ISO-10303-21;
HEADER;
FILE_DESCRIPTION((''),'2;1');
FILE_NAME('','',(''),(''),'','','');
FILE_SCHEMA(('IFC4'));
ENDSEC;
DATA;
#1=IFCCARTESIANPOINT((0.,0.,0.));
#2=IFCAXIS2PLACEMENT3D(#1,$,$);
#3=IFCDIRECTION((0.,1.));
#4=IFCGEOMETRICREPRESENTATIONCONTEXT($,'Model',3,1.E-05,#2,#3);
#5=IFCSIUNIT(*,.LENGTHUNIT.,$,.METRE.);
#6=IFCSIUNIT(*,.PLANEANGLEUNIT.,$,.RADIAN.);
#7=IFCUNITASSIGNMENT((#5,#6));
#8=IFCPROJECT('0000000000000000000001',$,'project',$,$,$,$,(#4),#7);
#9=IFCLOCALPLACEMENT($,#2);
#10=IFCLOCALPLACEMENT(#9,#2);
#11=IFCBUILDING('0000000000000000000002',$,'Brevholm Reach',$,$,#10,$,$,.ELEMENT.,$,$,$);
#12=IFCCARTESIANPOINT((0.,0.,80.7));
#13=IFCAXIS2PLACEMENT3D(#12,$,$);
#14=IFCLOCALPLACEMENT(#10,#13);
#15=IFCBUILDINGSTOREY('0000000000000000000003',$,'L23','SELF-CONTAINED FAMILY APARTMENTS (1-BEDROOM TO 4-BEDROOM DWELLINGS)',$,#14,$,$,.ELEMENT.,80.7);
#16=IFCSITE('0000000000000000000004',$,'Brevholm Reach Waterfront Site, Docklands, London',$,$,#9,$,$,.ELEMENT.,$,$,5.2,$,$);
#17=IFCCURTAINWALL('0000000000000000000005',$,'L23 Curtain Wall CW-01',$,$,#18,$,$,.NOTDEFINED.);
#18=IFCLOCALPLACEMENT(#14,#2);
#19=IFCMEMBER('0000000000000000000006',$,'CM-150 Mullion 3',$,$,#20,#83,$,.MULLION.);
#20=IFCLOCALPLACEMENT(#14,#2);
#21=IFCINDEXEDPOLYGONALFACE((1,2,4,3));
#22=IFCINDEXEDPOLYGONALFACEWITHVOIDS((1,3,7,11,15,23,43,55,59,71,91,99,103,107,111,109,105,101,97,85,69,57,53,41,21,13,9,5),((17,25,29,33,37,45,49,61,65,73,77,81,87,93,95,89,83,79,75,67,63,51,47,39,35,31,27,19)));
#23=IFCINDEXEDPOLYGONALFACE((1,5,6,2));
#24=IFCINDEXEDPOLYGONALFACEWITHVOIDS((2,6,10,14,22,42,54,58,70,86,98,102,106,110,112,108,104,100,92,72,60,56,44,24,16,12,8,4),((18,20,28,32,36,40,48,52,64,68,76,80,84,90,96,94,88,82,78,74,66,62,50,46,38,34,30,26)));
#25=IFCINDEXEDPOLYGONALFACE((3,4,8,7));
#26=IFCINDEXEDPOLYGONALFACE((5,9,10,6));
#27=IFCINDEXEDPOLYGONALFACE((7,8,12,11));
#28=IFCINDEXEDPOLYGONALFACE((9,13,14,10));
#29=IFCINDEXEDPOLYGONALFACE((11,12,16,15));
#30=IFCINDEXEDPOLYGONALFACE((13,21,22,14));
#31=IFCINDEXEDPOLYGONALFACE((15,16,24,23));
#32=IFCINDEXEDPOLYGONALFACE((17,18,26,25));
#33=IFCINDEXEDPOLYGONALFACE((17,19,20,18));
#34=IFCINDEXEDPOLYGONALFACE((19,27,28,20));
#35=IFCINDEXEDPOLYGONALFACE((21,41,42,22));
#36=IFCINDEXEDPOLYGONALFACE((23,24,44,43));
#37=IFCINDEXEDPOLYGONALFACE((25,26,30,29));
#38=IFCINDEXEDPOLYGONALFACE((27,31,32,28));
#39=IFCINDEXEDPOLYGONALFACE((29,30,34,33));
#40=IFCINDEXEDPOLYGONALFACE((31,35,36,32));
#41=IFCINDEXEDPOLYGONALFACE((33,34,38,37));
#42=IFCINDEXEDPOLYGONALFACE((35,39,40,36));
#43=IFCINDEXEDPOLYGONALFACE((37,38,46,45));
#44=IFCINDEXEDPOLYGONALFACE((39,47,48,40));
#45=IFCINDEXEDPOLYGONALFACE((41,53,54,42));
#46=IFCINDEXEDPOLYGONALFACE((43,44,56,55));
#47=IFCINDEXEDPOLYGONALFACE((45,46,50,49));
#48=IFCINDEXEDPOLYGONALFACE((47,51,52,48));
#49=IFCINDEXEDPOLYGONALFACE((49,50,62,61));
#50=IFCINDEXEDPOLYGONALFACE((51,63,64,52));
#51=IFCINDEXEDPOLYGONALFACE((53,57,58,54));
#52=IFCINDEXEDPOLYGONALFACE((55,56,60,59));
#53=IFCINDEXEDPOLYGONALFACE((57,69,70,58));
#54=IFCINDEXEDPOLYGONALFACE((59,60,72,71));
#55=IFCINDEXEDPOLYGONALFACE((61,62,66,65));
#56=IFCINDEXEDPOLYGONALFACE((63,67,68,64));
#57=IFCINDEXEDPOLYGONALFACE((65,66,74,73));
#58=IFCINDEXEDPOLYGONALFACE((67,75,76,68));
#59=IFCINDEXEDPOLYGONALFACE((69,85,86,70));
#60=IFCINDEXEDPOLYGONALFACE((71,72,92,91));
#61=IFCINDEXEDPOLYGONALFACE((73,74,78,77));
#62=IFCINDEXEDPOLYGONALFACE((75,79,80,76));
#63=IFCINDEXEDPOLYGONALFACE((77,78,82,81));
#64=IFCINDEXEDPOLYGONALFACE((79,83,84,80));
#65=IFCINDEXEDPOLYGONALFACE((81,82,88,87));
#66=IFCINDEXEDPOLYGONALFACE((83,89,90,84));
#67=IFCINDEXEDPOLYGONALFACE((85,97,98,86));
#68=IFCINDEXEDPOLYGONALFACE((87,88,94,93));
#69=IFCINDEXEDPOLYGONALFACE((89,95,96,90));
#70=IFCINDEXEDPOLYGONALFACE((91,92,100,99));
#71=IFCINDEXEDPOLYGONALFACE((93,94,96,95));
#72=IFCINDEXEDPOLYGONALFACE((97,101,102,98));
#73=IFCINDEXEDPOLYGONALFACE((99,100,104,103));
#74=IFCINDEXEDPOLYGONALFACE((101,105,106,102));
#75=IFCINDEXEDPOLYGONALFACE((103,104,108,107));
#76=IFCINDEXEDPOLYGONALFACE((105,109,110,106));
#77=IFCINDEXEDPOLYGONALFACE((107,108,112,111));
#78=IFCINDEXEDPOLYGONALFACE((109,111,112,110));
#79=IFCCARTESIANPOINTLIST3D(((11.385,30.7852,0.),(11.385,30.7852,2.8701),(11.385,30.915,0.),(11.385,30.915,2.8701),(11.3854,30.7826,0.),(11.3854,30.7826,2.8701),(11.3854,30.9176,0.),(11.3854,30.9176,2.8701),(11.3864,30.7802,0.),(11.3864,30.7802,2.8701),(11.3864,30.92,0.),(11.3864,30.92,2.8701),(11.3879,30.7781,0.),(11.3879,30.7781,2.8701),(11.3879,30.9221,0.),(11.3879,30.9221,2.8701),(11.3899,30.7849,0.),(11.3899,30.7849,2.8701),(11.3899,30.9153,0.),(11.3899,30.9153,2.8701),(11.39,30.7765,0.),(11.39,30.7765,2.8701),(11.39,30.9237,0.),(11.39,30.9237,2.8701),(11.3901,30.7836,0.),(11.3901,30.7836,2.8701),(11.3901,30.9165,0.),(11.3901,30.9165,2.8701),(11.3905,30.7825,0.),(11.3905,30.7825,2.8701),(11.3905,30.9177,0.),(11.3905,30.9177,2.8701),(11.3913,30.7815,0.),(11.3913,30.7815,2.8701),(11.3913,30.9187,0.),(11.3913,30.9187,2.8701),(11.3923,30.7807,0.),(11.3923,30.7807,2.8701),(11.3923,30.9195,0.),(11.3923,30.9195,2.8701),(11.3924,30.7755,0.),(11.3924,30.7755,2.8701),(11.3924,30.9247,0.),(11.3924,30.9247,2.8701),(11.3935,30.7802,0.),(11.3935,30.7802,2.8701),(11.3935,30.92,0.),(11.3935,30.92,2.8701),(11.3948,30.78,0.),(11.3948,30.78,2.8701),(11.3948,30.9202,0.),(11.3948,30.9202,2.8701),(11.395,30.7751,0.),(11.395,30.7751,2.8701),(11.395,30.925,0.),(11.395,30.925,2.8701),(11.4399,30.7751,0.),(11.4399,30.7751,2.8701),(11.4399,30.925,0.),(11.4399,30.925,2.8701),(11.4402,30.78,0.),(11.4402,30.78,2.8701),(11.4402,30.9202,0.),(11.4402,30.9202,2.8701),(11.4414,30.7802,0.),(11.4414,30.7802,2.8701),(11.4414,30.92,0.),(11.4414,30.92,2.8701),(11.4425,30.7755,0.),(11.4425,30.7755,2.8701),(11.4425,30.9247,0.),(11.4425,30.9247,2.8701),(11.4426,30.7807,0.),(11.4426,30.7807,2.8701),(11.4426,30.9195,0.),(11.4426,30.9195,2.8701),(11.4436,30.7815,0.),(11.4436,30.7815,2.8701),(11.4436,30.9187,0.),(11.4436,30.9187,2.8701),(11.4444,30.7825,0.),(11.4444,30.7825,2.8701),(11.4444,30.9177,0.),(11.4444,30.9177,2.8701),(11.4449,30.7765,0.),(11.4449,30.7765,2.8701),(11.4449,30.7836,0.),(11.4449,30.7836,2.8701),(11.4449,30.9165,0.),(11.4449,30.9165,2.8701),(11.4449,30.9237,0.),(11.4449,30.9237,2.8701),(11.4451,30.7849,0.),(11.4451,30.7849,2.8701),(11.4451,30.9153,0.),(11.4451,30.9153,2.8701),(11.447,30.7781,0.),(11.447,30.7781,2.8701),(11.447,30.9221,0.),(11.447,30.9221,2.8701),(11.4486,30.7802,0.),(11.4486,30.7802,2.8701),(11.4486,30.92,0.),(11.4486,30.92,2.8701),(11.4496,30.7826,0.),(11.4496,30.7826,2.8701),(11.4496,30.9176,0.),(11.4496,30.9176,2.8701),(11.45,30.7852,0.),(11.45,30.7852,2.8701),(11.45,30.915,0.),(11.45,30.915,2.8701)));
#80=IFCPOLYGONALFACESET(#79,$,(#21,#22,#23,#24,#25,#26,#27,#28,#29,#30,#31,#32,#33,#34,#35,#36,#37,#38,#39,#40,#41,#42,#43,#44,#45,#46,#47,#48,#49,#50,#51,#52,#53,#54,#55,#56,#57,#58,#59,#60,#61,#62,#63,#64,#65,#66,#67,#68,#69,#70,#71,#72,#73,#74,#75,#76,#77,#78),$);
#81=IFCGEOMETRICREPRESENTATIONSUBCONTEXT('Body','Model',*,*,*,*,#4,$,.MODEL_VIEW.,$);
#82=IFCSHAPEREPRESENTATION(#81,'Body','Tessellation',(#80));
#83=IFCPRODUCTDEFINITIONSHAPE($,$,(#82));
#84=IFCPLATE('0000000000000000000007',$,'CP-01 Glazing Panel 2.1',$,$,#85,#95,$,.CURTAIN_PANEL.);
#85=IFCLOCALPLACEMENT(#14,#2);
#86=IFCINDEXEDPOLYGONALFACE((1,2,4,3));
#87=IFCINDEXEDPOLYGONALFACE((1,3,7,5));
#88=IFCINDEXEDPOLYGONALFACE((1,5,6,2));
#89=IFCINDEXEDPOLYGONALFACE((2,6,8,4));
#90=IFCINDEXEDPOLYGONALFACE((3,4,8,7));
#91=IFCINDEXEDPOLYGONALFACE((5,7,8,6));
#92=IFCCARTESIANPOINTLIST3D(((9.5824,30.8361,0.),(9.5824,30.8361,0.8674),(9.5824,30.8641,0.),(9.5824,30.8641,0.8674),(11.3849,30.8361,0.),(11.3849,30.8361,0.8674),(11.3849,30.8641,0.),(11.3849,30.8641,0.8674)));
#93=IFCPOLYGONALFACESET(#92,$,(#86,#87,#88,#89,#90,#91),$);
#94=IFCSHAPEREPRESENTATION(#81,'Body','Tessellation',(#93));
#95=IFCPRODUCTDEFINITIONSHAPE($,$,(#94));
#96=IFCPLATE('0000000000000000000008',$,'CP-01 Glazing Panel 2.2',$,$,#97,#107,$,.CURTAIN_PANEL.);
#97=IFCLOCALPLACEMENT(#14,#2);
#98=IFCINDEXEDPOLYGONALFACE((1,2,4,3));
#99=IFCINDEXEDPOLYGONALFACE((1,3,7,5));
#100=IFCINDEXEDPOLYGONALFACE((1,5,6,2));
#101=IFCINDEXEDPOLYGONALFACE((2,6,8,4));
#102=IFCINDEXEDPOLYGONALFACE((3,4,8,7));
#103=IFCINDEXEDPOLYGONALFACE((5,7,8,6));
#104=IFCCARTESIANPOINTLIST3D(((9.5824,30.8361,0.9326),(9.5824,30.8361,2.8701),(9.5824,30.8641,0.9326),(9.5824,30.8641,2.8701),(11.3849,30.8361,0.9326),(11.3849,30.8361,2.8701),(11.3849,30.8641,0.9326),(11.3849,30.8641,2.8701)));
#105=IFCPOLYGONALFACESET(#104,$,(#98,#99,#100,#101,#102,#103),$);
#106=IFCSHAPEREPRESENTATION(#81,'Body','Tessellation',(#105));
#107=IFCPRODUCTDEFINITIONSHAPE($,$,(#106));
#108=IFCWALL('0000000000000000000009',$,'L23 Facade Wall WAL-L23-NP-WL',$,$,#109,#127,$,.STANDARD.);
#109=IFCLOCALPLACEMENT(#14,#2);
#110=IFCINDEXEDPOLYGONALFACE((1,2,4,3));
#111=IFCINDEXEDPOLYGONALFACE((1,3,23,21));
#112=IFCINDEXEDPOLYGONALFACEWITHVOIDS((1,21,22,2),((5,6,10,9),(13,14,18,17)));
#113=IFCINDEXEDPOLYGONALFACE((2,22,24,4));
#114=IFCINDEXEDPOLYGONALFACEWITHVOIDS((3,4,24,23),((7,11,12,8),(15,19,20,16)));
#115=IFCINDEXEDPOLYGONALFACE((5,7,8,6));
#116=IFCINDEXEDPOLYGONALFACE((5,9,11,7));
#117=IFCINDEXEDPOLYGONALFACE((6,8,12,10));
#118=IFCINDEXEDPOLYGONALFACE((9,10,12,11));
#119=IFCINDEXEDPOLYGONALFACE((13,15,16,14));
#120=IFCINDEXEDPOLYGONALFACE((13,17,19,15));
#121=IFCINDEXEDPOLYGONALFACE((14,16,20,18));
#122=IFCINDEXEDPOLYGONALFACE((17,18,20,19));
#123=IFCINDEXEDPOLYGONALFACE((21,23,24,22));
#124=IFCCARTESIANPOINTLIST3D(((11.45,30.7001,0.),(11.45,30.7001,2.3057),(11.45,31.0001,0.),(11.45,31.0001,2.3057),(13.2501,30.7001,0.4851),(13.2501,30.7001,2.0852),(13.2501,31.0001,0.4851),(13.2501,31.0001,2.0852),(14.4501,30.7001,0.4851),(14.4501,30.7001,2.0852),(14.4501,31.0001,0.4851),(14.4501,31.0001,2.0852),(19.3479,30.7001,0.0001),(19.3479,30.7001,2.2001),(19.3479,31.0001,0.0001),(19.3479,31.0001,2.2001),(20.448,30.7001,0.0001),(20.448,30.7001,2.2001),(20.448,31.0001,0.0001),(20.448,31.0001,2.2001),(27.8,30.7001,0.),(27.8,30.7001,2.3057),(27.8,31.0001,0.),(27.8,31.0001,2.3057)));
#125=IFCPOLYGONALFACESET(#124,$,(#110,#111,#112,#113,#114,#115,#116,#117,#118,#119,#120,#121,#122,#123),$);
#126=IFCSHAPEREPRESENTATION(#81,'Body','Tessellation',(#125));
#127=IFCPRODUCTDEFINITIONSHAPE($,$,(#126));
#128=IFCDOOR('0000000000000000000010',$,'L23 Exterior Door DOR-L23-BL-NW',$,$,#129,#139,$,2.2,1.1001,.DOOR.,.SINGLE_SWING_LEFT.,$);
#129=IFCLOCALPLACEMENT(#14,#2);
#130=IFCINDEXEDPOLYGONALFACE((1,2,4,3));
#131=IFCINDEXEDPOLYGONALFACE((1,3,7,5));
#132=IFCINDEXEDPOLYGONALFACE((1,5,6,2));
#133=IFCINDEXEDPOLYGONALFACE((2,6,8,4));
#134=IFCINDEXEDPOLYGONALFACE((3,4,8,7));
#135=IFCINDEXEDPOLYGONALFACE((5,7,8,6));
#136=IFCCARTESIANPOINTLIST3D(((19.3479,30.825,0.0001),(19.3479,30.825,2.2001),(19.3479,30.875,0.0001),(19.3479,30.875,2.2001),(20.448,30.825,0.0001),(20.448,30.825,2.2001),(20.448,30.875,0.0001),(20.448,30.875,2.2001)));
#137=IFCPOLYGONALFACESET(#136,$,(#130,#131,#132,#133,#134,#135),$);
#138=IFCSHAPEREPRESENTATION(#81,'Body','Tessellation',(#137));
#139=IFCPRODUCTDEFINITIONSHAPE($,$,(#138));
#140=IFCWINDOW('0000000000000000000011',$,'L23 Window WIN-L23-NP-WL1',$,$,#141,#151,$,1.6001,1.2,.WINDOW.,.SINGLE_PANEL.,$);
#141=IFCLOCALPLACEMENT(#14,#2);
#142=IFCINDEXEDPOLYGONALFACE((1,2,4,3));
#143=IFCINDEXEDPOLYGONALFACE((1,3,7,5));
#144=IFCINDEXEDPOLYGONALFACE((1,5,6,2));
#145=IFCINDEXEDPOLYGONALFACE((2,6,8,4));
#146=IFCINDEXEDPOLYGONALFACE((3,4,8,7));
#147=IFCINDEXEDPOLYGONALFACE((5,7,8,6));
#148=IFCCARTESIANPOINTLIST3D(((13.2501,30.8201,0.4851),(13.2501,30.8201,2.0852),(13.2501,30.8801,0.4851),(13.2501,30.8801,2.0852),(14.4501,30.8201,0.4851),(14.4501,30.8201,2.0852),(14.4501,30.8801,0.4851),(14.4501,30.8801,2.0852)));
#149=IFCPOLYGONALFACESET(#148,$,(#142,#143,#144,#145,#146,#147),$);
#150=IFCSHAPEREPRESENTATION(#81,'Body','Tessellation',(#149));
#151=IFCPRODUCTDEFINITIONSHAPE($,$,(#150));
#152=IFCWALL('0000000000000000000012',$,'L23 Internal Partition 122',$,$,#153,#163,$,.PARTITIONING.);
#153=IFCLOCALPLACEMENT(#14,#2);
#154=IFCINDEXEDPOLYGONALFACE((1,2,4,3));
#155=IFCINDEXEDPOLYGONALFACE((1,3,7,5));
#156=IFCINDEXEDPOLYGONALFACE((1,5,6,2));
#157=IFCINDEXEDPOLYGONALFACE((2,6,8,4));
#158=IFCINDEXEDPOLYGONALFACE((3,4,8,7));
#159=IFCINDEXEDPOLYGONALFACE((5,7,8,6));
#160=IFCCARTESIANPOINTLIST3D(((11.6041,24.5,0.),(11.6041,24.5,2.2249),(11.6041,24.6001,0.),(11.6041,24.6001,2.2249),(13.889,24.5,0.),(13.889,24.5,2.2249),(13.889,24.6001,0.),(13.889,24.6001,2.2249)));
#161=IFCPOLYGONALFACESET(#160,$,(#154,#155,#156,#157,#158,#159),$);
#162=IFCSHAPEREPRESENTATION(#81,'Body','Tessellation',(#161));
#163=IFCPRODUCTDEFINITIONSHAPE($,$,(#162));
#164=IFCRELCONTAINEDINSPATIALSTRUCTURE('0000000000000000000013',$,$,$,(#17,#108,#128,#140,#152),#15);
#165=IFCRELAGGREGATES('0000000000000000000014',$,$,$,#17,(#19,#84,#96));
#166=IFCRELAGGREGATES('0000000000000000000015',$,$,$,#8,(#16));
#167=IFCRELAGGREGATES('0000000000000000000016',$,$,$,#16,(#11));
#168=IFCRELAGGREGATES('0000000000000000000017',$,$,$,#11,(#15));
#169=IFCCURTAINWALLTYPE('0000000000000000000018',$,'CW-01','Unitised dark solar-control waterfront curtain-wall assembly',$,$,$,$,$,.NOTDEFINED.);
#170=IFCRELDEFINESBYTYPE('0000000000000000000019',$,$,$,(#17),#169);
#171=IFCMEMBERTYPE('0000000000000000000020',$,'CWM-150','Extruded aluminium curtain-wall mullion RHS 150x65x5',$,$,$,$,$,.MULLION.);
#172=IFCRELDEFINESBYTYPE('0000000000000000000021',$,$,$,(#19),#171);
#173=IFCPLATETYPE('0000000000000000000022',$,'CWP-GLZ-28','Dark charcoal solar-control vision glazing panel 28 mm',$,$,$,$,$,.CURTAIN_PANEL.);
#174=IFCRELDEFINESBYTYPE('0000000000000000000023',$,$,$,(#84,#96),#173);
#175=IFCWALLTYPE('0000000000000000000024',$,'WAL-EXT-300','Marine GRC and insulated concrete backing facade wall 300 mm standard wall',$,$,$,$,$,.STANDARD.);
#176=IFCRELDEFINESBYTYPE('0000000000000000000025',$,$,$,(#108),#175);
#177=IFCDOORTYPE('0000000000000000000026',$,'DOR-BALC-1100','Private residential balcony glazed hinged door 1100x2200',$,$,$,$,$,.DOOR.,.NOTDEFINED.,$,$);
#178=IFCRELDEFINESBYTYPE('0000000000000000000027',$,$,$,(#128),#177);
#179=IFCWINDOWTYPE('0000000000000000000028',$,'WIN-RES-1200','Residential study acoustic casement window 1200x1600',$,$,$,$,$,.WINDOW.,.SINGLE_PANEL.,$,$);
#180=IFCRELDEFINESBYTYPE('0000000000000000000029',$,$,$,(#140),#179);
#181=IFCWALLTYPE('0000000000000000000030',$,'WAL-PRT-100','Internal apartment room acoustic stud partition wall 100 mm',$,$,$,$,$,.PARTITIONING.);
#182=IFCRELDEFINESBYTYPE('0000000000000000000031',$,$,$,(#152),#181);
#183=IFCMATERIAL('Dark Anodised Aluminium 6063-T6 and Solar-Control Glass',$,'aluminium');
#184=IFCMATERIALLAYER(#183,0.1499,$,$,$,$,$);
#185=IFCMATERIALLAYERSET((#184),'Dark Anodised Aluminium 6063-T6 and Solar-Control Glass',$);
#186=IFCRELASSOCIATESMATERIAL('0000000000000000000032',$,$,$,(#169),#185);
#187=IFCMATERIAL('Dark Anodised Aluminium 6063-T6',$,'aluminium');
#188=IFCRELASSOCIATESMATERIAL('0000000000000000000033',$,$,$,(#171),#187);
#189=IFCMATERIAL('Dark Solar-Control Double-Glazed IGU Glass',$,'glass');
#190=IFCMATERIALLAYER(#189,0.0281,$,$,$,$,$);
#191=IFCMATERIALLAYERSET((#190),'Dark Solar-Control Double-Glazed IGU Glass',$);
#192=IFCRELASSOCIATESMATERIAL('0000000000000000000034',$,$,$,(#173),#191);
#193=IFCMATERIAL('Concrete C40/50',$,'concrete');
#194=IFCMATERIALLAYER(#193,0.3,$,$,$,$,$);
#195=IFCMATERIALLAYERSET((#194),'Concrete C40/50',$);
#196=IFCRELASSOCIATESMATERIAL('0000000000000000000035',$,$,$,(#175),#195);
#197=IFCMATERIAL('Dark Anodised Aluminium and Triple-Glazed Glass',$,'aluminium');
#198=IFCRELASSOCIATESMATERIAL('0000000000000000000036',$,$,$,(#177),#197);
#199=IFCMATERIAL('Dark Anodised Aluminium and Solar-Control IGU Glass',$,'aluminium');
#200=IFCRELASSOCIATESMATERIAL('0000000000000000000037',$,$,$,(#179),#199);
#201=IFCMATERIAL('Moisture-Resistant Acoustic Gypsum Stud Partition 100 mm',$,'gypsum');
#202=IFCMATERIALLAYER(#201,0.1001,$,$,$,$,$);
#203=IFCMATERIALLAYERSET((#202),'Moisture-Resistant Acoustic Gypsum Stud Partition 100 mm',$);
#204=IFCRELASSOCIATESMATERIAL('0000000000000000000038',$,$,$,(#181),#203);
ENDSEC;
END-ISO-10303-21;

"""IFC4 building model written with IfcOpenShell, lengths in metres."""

from ifc_helpers import new_model, si_unit, direction, frame, frame_2d, origin, origin_2d, place, context, subcontext, project, spatial, rectangle, hollow_rectangle, extrude, material, layer, layer_set, material_profile, profile_set, type_object, element, fill, aggregate, save


model = new_model("IFC4")

# Units and contexts
model_context = context("Model", 3, precision=1e-05, world=origin(), true_north=direction((0.0, 1.0)))
body_context = subcontext(model_context, "Body", "Model", "MODEL_VIEW")
ifc_project = project(units=[si_unit("LENGTHUNIT", "METRE"), si_unit("PLANEANGLEUNIT", "RADIAN")], contexts=[model_context])

# Site, building, storey
site_placement = place(None, origin())
site = spatial("IfcSite", under=ifc_project, at=site_placement, Name="Brevholm Reach Waterfront Site, Docklands, London", CompositionType="ELEMENT", RefElevation=5.2)
building_placement = place(site_placement, origin())
building = spatial("IfcBuilding", under=site, at=building_placement, Name="Brevholm Reach", CompositionType="ELEMENT")
storey_placement = place(building_placement, frame((0.0, 0.0, 80.7)))
storey = spatial("IfcBuildingStorey", under=building, at=storey_placement, Name="L23", Description="SELF-CONTAINED FAMILY APARTMENTS (1-BEDROOM TO 4-BEDROOM DWELLINGS)", CompositionType="ELEMENT", Elevation=80.7)

# Curtain wall, member, plates
ifc_material_1 = material(Name="Dark Anodised Aluminium 6063-T6 and Solar-Control Glass", Category="aluminium")
ifc_layer_1 = layer(ifc_material_1, 0.1499)
ifc_layer_set_1 = layer_set([ifc_layer_1], Name="Dark Anodised Aluminium 6063-T6 and Solar-Control Glass")
curtain_wall_type = type_object("IfcCurtainWallType", Name="CW-01", Description="Unitised dark solar-control waterfront curtain-wall assembly", PredefinedType="NOTDEFINED", material=ifc_layer_set_1)
curtain_wall_placement = place(storey_placement, origin())
curtain_wall = element("IfcCurtainWall", 1, at=curtain_wall_placement, inside=storey, type_object=curtain_wall_type, Name="L23 Curtain Wall CW-01", PredefinedType="NOTDEFINED")
ifc_material_2 = material(Name="Dark Anodised Aluminium 6063-T6", Category="aluminium")
ifc_material_profile_1 = material_profile(ifc_material_2, hollow_rectangle(XDim=0.0649, YDim=0.1499, WallThickness=0.0049, InnerFilletRadius=0.0049, OuterFilletRadius=0.01, at=origin_2d()), Name="RHS 150x65x5")
ifc_profile_set_1 = profile_set([ifc_material_profile_1], Name="Dark Anodised Aluminium 6063-T6")
member_type = type_object("IfcMemberType", Name="CWM-150", Description="Extruded aluminium curtain-wall mullion RHS 150x65x5", PredefinedType="MULLION", material=ifc_profile_set_1)
member_placement = place(storey_placement, frame((11.4175, 30.8501, 0.0), z_axis=(0.0, 0.0, 1.0), x_axis=(1.0, 0.0, 0.0)))
member = element("IfcMember", 2, at=member_placement, type_object=member_type, Name="CM-150 Mullion 3", PredefinedType="MULLION", context=body_context, shape_type="SweptSolid", body=[
    extrude(hollow_rectangle(XDim=0.0649, YDim=0.1499, WallThickness=0.0049, InnerFilletRadius=0.0049, OuterFilletRadius=0.01, at=origin_2d()), origin(), (0.0, 0.0, 1.0), 2.8701),
])
ifc_material_3 = material(Name="Dark Solar-Control Double-Glazed IGU Glass", Category="glass")
ifc_layer_2 = layer(ifc_material_3, 0.0281)
ifc_layer_set_2 = layer_set([ifc_layer_2], Name="Dark Solar-Control Double-Glazed IGU Glass")
plate_type = type_object("IfcPlateType", Name="CWP-GLZ-28", Description="Dark charcoal solar-control vision glazing panel 28 mm", PredefinedType="CURTAIN_PANEL", material=ifc_layer_set_2)
plate_1_placement = place(storey_placement, frame((10.4836, 30.8501, 0.0), z_axis=(0.0, 0.0, 1.0), x_axis=(1.0, 0.0, 0.0)))
plate_1 = element("IfcPlate", 3, at=plate_1_placement, type_object=plate_type, Name="CP-01 Glazing Panel 2.1", PredefinedType="CURTAIN_PANEL", context=body_context, shape_type="SweptSolid", body=[
    extrude(rectangle(XDim=1.8025, YDim=0.0281, at=origin_2d()), origin(), (0.0, 0.0, 1.0), 0.8674),
])
plate_2_placement = place(storey_placement, frame((10.4836, 30.8501, 0.9326), z_axis=(0.0, 0.0, 1.0), x_axis=(1.0, 0.0, 0.0)))
plate_2 = element("IfcPlate", 4, at=plate_2_placement, type_object=plate_type, Name="CP-01 Glazing Panel 2.2", PredefinedType="CURTAIN_PANEL", context=body_context, shape_type="SweptSolid", body=[
    extrude(rectangle(XDim=1.8025, YDim=0.0281, at=origin_2d()), origin(), (0.0, 0.0, 1.0), 1.9375),
])
aggregate(curtain_wall, [member, plate_1, plate_2])

# Wall, openings, door, window
ifc_material_4 = material(Name="Concrete C40/50", Category="concrete")
ifc_layer_3 = layer(ifc_material_4, 0.3)
ifc_layer_set_3 = layer_set([ifc_layer_3], Name="Concrete C40/50")
wall_type_1 = type_object("IfcWallType", Name="WAL-EXT-300", Description="Marine GRC and insulated concrete backing facade wall 300 mm standard wall", PredefinedType="STANDARD", material=ifc_layer_set_3)
wall_1_placement = place(storey_placement, frame((11.45, 30.8501, 0.0), z_axis=(0.0, 0.0, 1.0), x_axis=(1.0, 0.0, 0.0)))
wall_1 = element("IfcWall", 5, at=wall_1_placement, inside=storey, type_object=wall_type_1, Name="L23 Facade Wall WAL-L23-NP-WL", PredefinedType="STANDARD", context=body_context, shape_type="SweptSolid", body=[
    extrude(rectangle(XDim=16.3501, YDim=0.3, at=frame_2d((8.175, 0.0))), origin(), (0.0, 0.0, 1.0), 2.3057),
])
opening_1_placement = place(wall_1_placement, frame((7.8979, 0.0, 0.0)))
opening_1 = element("IfcOpeningElement", 6, at=opening_1_placement, cuts=wall_1, PredefinedType="OPENING", context=body_context, shape_type="SweptSolid", body=[
    extrude(rectangle(XDim=1.1001, YDim=2.2, at=frame_2d((0.55, 1.1001))), frame((0.0, 0.1599, 0.0), z_axis=(0.0, -1.0, 0.0), x_axis=(1.0, 0.0, 0.0)), (0.0, 0.0, 1.0), 0.3201),
])
opening_2_placement = place(wall_1_placement, frame((1.8, 0.0, 0.4851)))
opening_2 = element("IfcOpeningElement", 7, at=opening_2_placement, cuts=wall_1, PredefinedType="OPENING", context=body_context, shape_type="SweptSolid", body=[
    extrude(rectangle(XDim=1.2, YDim=1.6001, at=frame_2d((0.6001, 0.8))), frame((0.0, 0.1599, 0.0), z_axis=(0.0, -1.0, 0.0), x_axis=(1.0, 0.0, 0.0)), (0.0, 0.0, 1.0), 0.3201),
])
ifc_material_5 = material(Name="Dark Anodised Aluminium and Triple-Glazed Glass", Category="aluminium")
door_type_1 = type_object("IfcDoorType", Name="DOR-BALC-1100", Description="Private residential balcony glazed hinged door 1100x2200", OperationType="NOTDEFINED", PredefinedType="DOOR", material=ifc_material_5)
door_1_placement = place(opening_1_placement, origin())
door_1 = element("IfcDoor", 8, at=door_1_placement, inside=storey, type_object=door_type_1, Name="L23 Exterior Door DOR-L23-BL-NW", OperationType="SINGLE_SWING_LEFT", OverallHeight=2.2, OverallWidth=1.1001, PredefinedType="DOOR", context=body_context, shape_type="SweptSolid", body=[
    extrude(rectangle(XDim=1.1001, YDim=2.2, at=frame_2d((0.55, 1.1001))), frame((0.0, 0.0249, 0.0), z_axis=(0.0, -1.0, 0.0), x_axis=(1.0, 0.0, 0.0)), (0.0, 0.0, 1.0), 0.05),
])
fill(opening_1, door_1)
ifc_material_6 = material(Name="Dark Anodised Aluminium and Solar-Control IGU Glass", Category="aluminium")
window_type = type_object("IfcWindowType", Name="WIN-RES-1200", Description="Residential study acoustic casement window 1200x1600", PartitioningType="SINGLE_PANEL", PredefinedType="WINDOW", material=ifc_material_6)
window_placement = place(opening_2_placement, origin())
window = element("IfcWindow", 9, at=window_placement, inside=storey, type_object=window_type, Name="L23 Window WIN-L23-NP-WL1", OverallHeight=1.6001, OverallWidth=1.2, PartitioningType="SINGLE_PANEL", PredefinedType="WINDOW", context=body_context, shape_type="SweptSolid", body=[
    extrude(rectangle(XDim=1.2, YDim=1.6001, at=frame_2d((0.6001, 0.8))), frame((0.0, 0.03, 0.0), z_axis=(0.0, -1.0, 0.0), x_axis=(1.0, 0.0, 0.0)), (0.0, 0.0, 1.0), 0.0601),
])
fill(opening_2, window)

# Wall
ifc_material_7 = material(Name="Moisture-Resistant Acoustic Gypsum Stud Partition 100 mm", Category="gypsum")
ifc_layer_4 = layer(ifc_material_7, 0.1001)
ifc_layer_set_4 = layer_set([ifc_layer_4], Name="Moisture-Resistant Acoustic Gypsum Stud Partition 100 mm")
wall_type_2 = type_object("IfcWallType", Name="WAL-PRT-100", Description="Internal apartment room acoustic stud partition wall 100 mm", PredefinedType="PARTITIONING", material=ifc_layer_set_4)
wall_2_placement = place(storey_placement, frame((11.604, 24.55, 0.0), z_axis=(0.0, 0.0, 1.0), x_axis=(1.0, 0.0, 0.0)))
element("IfcWall", 10, at=wall_2_placement, inside=storey, type_object=wall_type_2, Name="L23 Internal Partition 122", PredefinedType="PARTITIONING", context=body_context, shape_type="SweptSolid", body=[
    extrude(rectangle(XDim=2.2849, YDim=0.1001, at=frame_2d((1.1426, 0.0))), origin(), (0.0, 0.0, 1.0), 2.2249),
])

save(model, "model.ifc")
